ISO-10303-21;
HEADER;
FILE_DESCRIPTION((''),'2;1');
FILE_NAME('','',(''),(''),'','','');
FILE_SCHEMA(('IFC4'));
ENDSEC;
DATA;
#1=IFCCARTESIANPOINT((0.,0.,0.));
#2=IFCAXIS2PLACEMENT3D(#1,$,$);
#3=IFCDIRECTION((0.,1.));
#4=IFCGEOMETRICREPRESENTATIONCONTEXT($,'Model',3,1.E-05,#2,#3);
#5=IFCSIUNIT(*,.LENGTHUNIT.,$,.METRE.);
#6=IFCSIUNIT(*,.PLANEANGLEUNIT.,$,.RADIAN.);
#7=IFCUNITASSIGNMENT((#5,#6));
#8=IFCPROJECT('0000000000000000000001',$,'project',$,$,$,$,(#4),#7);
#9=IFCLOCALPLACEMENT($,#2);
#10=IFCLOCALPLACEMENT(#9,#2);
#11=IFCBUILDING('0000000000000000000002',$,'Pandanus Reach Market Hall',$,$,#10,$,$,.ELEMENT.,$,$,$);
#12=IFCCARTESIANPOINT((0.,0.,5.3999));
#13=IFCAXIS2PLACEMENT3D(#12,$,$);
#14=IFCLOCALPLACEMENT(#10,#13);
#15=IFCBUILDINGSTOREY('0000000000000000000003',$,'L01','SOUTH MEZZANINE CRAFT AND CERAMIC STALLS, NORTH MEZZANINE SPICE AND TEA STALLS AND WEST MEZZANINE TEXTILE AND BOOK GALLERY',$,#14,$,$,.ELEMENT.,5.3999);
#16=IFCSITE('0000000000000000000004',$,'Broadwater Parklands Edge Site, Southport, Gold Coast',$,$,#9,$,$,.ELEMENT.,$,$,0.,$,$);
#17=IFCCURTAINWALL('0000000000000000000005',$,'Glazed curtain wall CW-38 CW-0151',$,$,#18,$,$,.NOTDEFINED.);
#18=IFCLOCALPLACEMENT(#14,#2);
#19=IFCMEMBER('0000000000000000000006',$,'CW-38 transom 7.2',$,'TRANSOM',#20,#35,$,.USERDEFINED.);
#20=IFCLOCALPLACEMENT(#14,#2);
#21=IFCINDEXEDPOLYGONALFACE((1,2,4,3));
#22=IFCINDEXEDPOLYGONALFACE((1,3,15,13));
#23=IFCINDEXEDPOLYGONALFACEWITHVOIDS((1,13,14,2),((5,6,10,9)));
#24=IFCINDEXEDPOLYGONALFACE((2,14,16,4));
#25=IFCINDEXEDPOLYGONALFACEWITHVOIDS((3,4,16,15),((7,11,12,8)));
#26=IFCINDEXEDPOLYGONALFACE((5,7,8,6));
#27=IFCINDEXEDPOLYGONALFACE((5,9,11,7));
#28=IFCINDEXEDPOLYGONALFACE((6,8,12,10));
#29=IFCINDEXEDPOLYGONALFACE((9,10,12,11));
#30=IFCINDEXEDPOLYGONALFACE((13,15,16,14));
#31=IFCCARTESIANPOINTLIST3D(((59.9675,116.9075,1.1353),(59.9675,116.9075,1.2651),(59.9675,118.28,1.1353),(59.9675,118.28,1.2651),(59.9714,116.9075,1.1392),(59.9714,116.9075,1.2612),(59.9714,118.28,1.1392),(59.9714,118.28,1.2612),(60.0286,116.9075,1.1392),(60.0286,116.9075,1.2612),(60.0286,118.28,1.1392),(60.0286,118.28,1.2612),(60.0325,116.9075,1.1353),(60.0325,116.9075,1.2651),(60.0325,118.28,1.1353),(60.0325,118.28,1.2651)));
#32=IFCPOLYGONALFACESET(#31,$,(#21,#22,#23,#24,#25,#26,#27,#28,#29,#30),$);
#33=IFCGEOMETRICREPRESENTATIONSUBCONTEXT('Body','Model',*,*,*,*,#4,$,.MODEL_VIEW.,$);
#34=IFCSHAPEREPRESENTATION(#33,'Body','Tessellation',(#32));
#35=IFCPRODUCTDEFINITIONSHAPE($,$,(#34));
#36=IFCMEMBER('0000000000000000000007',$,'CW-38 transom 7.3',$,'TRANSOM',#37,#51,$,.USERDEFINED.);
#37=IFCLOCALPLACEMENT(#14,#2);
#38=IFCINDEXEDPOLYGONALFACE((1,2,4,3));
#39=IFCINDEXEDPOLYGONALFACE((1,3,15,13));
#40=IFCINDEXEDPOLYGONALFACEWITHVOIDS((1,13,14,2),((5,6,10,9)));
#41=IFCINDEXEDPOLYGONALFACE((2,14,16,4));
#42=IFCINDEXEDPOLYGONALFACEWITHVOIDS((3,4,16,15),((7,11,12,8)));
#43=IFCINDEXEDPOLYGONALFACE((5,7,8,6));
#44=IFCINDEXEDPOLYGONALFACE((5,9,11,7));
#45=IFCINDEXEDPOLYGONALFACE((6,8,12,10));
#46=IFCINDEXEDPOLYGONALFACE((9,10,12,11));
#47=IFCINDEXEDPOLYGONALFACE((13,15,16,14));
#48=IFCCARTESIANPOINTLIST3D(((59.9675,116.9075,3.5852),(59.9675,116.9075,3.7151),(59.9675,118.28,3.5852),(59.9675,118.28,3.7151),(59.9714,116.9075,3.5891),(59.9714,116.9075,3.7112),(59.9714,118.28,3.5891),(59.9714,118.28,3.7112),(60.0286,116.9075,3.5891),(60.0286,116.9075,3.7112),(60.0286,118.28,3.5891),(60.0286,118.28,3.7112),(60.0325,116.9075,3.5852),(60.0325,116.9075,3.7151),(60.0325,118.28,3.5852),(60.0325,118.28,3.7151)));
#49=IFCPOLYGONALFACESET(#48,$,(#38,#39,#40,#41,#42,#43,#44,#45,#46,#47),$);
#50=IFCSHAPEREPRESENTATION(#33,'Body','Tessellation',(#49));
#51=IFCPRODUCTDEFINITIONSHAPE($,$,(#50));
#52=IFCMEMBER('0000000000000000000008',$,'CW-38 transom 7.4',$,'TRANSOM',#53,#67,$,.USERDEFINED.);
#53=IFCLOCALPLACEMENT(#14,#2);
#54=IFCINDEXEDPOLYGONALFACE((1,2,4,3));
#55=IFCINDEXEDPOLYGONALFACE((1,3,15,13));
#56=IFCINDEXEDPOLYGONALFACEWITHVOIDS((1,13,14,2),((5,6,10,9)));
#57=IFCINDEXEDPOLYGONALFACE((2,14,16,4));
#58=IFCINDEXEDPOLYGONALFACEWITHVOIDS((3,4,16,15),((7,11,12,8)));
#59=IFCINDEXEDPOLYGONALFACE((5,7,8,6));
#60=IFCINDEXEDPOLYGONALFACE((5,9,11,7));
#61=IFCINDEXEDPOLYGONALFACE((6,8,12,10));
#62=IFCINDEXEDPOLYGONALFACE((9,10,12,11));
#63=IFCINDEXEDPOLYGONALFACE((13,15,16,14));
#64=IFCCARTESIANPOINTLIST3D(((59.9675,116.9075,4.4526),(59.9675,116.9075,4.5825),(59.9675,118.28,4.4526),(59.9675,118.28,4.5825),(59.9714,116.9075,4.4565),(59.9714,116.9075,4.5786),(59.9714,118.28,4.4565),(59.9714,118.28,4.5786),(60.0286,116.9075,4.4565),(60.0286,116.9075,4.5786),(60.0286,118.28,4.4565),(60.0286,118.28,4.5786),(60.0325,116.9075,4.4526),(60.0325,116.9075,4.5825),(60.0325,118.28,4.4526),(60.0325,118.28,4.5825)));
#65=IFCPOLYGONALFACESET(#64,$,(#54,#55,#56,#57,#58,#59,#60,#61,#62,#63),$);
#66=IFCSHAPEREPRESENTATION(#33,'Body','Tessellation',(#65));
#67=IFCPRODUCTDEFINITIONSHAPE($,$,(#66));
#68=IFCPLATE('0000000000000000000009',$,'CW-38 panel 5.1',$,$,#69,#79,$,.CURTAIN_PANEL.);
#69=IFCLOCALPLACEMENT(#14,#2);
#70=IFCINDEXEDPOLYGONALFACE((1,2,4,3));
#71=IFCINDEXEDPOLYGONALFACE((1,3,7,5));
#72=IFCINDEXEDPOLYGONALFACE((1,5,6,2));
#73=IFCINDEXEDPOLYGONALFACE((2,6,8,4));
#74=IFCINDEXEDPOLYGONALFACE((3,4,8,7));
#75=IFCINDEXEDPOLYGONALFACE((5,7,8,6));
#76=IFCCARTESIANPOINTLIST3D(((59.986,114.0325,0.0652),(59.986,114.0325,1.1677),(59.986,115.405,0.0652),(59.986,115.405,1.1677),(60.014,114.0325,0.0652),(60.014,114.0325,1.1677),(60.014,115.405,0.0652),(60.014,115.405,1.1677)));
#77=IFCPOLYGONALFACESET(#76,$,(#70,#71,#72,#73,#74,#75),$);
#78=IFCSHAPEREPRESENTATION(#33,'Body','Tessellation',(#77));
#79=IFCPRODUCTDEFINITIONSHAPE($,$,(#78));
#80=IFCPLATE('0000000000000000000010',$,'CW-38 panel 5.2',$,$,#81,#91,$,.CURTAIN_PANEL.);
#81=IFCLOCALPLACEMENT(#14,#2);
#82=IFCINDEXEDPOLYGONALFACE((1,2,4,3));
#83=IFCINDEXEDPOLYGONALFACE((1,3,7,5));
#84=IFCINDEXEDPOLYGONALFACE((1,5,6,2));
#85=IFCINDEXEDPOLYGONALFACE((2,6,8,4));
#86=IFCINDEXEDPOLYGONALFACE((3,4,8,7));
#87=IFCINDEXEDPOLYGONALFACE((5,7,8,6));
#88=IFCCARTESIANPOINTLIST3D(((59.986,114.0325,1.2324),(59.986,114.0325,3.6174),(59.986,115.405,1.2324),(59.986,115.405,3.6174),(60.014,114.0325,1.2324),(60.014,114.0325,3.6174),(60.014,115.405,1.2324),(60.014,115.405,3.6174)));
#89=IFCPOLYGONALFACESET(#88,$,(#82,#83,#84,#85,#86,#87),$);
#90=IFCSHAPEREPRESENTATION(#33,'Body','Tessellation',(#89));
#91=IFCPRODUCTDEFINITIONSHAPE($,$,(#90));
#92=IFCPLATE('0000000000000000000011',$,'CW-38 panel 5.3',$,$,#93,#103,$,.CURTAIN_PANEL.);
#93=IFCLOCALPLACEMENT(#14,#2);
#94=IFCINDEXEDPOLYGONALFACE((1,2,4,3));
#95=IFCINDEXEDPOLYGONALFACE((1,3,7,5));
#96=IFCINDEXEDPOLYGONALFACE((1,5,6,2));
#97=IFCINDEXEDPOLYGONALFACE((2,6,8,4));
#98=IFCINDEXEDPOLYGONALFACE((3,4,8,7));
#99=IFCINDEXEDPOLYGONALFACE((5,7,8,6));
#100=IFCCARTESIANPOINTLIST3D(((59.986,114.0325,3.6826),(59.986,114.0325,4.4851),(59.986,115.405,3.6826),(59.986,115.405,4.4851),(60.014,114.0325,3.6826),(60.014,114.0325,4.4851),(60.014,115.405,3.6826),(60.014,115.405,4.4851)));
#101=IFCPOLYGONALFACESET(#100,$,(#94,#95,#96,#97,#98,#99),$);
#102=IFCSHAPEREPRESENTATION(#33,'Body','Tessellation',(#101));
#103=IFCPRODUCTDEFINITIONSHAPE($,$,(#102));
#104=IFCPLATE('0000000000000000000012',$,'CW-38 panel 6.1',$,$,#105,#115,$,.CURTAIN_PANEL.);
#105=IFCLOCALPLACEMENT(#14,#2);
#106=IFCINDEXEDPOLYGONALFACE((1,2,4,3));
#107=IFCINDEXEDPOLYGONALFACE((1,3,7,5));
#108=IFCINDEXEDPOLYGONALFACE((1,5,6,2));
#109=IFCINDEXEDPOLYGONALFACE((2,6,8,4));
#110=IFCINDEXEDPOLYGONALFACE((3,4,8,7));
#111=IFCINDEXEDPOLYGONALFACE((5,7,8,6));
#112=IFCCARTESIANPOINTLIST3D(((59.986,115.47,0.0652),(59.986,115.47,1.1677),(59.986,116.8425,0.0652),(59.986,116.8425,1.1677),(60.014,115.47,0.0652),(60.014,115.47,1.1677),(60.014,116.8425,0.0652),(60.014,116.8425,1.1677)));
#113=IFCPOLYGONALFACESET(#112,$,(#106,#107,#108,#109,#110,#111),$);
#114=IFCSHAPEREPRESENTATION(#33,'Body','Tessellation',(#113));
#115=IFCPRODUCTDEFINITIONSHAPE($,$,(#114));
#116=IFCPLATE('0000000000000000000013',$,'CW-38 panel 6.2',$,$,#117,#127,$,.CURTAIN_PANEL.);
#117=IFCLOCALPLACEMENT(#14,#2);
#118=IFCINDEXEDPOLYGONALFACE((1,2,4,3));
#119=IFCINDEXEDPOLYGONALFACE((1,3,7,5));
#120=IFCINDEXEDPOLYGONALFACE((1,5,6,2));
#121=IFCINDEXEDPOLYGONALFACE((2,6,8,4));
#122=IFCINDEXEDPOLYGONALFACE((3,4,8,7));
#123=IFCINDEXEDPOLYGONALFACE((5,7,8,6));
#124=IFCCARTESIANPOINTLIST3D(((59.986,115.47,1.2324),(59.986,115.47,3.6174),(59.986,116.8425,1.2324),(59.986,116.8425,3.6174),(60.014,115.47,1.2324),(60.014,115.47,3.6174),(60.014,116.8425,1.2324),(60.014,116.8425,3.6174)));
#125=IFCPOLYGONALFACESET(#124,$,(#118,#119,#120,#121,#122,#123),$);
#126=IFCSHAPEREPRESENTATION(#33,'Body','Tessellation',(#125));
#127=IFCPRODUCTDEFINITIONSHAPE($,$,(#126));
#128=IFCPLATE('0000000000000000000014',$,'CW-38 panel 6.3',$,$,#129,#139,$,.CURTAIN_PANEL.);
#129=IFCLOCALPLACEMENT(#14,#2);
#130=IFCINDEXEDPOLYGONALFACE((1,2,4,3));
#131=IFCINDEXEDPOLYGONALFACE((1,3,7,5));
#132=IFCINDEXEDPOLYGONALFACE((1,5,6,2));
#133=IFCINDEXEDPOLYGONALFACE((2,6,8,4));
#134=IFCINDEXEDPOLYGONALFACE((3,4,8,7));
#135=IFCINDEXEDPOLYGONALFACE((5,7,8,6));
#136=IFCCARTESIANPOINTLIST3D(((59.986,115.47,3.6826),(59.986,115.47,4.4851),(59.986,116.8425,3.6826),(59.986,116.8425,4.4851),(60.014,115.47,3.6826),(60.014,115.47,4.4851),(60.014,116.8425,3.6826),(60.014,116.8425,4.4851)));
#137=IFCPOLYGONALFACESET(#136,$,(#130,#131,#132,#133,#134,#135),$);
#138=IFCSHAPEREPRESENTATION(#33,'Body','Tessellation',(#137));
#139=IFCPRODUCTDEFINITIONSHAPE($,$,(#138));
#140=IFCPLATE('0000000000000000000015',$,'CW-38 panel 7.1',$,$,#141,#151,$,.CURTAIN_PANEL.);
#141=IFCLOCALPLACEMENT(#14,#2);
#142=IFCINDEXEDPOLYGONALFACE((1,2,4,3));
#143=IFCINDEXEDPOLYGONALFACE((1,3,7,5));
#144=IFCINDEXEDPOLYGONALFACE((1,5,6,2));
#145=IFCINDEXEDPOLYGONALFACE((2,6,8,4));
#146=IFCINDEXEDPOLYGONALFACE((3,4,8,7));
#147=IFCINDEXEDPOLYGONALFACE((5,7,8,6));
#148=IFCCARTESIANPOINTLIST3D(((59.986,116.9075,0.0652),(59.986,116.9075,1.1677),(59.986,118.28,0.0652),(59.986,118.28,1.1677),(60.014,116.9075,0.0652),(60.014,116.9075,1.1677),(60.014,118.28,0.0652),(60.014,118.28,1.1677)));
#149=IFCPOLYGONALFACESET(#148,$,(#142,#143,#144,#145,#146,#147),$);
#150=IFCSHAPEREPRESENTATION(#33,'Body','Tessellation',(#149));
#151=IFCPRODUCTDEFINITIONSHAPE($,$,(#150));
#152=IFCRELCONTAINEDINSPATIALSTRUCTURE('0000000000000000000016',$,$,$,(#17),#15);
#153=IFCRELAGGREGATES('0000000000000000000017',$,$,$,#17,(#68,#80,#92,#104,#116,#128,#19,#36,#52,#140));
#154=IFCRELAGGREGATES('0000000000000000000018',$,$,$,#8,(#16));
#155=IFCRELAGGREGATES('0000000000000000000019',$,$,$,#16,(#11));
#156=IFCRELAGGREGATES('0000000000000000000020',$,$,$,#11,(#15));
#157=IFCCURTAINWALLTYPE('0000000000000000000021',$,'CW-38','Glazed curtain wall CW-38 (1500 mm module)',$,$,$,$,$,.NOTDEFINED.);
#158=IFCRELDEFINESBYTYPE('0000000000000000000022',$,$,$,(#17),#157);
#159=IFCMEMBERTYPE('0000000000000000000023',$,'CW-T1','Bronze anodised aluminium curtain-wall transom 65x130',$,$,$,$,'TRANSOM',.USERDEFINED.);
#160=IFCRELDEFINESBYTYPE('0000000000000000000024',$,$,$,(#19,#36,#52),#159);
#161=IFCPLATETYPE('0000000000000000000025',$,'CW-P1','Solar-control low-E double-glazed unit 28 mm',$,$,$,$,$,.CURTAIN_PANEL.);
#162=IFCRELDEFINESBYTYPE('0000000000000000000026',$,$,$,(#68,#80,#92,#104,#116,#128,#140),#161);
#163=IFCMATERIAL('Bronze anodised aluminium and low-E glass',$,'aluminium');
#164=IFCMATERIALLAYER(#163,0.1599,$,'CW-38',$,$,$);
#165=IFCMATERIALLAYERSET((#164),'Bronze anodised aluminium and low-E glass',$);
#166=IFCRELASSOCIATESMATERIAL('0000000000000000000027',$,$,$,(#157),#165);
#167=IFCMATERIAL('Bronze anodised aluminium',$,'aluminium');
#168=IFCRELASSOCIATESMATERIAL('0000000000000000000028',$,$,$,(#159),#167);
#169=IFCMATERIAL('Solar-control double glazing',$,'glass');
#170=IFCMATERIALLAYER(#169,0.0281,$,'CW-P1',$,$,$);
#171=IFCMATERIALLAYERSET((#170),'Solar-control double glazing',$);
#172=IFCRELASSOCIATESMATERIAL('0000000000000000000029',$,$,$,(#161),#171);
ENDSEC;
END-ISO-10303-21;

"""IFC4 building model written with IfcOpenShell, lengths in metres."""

from ifc_helpers import new_model, si_unit, direction, frame, origin, origin_2d, place, context, subcontext, project, spatial, rectangle, hollow_rectangle, extrude, material, layer, layer_set, material_profile, profile_set, type_object, element, aggregate, save


model = new_model("IFC4")

# Units and contexts
model_context = context("Model", 3, precision=1e-05, world=origin(), true_north=direction((0.0, 1.0)))
body_context = subcontext(model_context, "Body", "Model", "MODEL_VIEW")
ifc_project = project(units=[si_unit("LENGTHUNIT", "METRE"), si_unit("PLANEANGLEUNIT", "RADIAN")], contexts=[model_context])

# Site, building, storey
site_placement = place(None, origin())
site = spatial("IfcSite", under=ifc_project, at=site_placement, Name="Broadwater Parklands Edge Site, Southport, Gold Coast", CompositionType="ELEMENT", RefElevation=0.0)
building_placement = place(site_placement, origin())
building = spatial("IfcBuilding", under=site, at=building_placement, Name="Pandanus Reach Market Hall", CompositionType="ELEMENT")
storey_placement = place(building_placement, frame((0.0, 0.0, 5.3999)))
storey = spatial("IfcBuildingStorey", under=building, at=storey_placement, Name="L01", Description="SOUTH MEZZANINE CRAFT AND CERAMIC STALLS, NORTH MEZZANINE SPICE AND TEA STALLS AND WEST MEZZANINE TEXTILE AND BOOK GALLERY", CompositionType="ELEMENT", Elevation=5.3999)

# Curtain wall, members, plates
ifc_material_1 = material(Name="Bronze anodised aluminium and low-E glass", Category="aluminium")
ifc_layer_1 = layer(ifc_material_1, 0.1599, Name="CW-38")
ifc_layer_set_1 = layer_set([ifc_layer_1], Name="Bronze anodised aluminium and low-E glass")
curtain_wall_type = type_object("IfcCurtainWallType", Name="CW-38", Description="Glazed curtain wall CW-38 (1500 mm module)", PredefinedType="NOTDEFINED", material=ifc_layer_set_1)
curtain_wall_placement = place(storey_placement, origin())
curtain_wall = element("IfcCurtainWall", 1, at=curtain_wall_placement, inside=storey, type_object=curtain_wall_type, Name="Glazed curtain wall CW-38 CW-0151", PredefinedType="NOTDEFINED")
ifc_material_2 = material(Name="Bronze anodised aluminium", Category="aluminium")
ifc_material_profile_1 = material_profile(ifc_material_2, hollow_rectangle(XDim=0.0649, YDim=0.1299, WallThickness=0.0039, at=origin_2d()), Name="ALU65x130", Category="LoadBearing")
ifc_profile_set_1 = profile_set([ifc_material_profile_1], Name="Bronze anodised aluminium")
member_type_1 = type_object("IfcMemberType", Name="CW-T1", Description="Bronze anodised aluminium curtain-wall transom 65x130", ElementType="TRANSOM", PredefinedType="USERDEFINED", material=ifc_profile_set_1)
member_1_placement = place(storey_placement, frame((60.0, 116.9075, 1.2002), z_axis=(0.0, 1.0, 0.0), x_axis=(-1.0, 0.0, 0.0)))
member_1 = element("IfcMember", 2, at=member_1_placement, type_object=member_type_1, Name="CW-38 transom 7.2", ObjectType="TRANSOM", PredefinedType="USERDEFINED", context=body_context, shape_type="SweptSolid", body=[
    extrude(hollow_rectangle(XDim=0.0649, YDim=0.1299, WallThickness=0.0039, at=origin_2d()), origin(), (0.0, 0.0, 1.0), 1.3726),
])
member_2_placement = place(storey_placement, frame((60.0, 116.9075, 3.6501), z_axis=(0.0, 1.0, 0.0), x_axis=(-1.0, 0.0, 0.0)))
member_2 = element("IfcMember", 3, at=member_2_placement, type_object=member_type_1, Name="CW-38 transom 7.3", ObjectType="TRANSOM", PredefinedType="USERDEFINED", context=body_context, shape_type="SweptSolid", body=[
    extrude(hollow_rectangle(XDim=0.0649, YDim=0.1299, WallThickness=0.0039, at=origin_2d()), origin(), (0.0, 0.0, 1.0), 1.3726),
])
member_3_placement = place(storey_placement, frame((60.0, 116.9075, 4.5176), z_axis=(0.0, 1.0, 0.0), x_axis=(-1.0, 0.0, 0.0)))
member_3 = element("IfcMember", 4, at=member_3_placement, type_object=member_type_1, Name="CW-38 transom 7.4", ObjectType="TRANSOM", PredefinedType="USERDEFINED", context=body_context, shape_type="SweptSolid", body=[
    extrude(hollow_rectangle(XDim=0.0649, YDim=0.1299, WallThickness=0.0039, at=origin_2d()), origin(), (0.0, 0.0, 1.0), 1.3726),
])
ifc_material_3 = material(Name="Solar-control double glazing", Category="glass")
ifc_layer_2 = layer(ifc_material_3, 0.0281, Name="CW-P1")
ifc_layer_set_2 = layer_set([ifc_layer_2], Name="Solar-control double glazing")
plate_type = type_object("IfcPlateType", Name="CW-P1", Description="Solar-control low-E double-glazed unit 28 mm", PredefinedType="CURTAIN_PANEL", material=ifc_layer_set_2)
plate_1_placement = place(storey_placement, frame((60.0, 114.7188, 0.0652), z_axis=(0.0, 0.0, 1.0), x_axis=(0.0, 1.0, 0.0)))
plate_1 = element("IfcPlate", 5, at=plate_1_placement, type_object=plate_type, Name="CW-38 panel 5.1", PredefinedType="CURTAIN_PANEL", context=body_context, shape_type="SweptSolid", body=[
    extrude(rectangle(XDim=1.3726, YDim=0.0281, at=origin_2d()), origin(), (0.0, 0.0, 1.0), 1.1025),
])
plate_2_placement = place(storey_placement, frame((60.0, 114.7188, 1.2324), z_axis=(0.0, 0.0, 1.0), x_axis=(0.0, 1.0, 0.0)))
plate_2 = element("IfcPlate", 6, at=plate_2_placement, type_object=plate_type, Name="CW-38 panel 5.2", PredefinedType="CURTAIN_PANEL", context=body_context, shape_type="SweptSolid", body=[
    extrude(rectangle(XDim=1.3726, YDim=0.0281, at=origin_2d()), origin(), (0.0, 0.0, 1.0), 2.385),
])
plate_3_placement = place(storey_placement, frame((60.0, 114.7188, 3.6826), z_axis=(0.0, 0.0, 1.0), x_axis=(0.0, 1.0, 0.0)))
plate_3 = element("IfcPlate", 7, at=plate_3_placement, type_object=plate_type, Name="CW-38 panel 5.3", PredefinedType="CURTAIN_PANEL", context=body_context, shape_type="SweptSolid", body=[
    extrude(rectangle(XDim=1.3726, YDim=0.0281, at=origin_2d()), origin(), (0.0, 0.0, 1.0), 0.8025),
])
plate_4_placement = place(storey_placement, frame((60.0, 116.1562, 0.0652), z_axis=(0.0, 0.0, 1.0), x_axis=(0.0, 1.0, 0.0)))
plate_4 = element("IfcPlate", 8, at=plate_4_placement, type_object=plate_type, Name="CW-38 panel 6.1", PredefinedType="CURTAIN_PANEL", context=body_context, shape_type="SweptSolid", body=[
    extrude(rectangle(XDim=1.3726, YDim=0.0281, at=origin_2d()), origin(), (0.0, 0.0, 1.0), 1.1025),
])
plate_5_placement = place(storey_placement, frame((60.0, 116.1562, 1.2324), z_axis=(0.0, 0.0, 1.0), x_axis=(0.0, 1.0, 0.0)))
plate_5 = element("IfcPlate", 9, at=plate_5_placement, type_object=plate_type, Name="CW-38 panel 6.2", PredefinedType="CURTAIN_PANEL", context=body_context, shape_type="SweptSolid", body=[
    extrude(rectangle(XDim=1.3726, YDim=0.0281, at=origin_2d()), origin(), (0.0, 0.0, 1.0), 2.385),
])
plate_6_placement = place(storey_placement, frame((60.0, 116.1562, 3.6826), z_axis=(0.0, 0.0, 1.0), x_axis=(0.0, 1.0, 0.0)))
plate_6 = element("IfcPlate", 10, at=plate_6_placement, type_object=plate_type, Name="CW-38 panel 6.3", PredefinedType="CURTAIN_PANEL", context=body_context, shape_type="SweptSolid", body=[
    extrude(rectangle(XDim=1.3726, YDim=0.0281, at=origin_2d()), origin(), (0.0, 0.0, 1.0), 0.8025),
])
plate_7_placement = place(storey_placement, frame((60.0, 117.5938, 0.0652), z_axis=(0.0, 0.0, 1.0), x_axis=(0.0, 1.0, 0.0)))
plate_7 = element("IfcPlate", 11, at=plate_7_placement, type_object=plate_type, Name="CW-38 panel 7.1", PredefinedType="CURTAIN_PANEL", context=body_context, shape_type="SweptSolid", body=[
    extrude(rectangle(XDim=1.3726, YDim=0.0281, at=origin_2d()), origin(), (0.0, 0.0, 1.0), 1.1025),
])
aggregate(curtain_wall, [plate_1, plate_2, plate_3, plate_4, plate_5, plate_6, member_1, member_2, member_3, plate_7])

save(model, "model.ifc")
